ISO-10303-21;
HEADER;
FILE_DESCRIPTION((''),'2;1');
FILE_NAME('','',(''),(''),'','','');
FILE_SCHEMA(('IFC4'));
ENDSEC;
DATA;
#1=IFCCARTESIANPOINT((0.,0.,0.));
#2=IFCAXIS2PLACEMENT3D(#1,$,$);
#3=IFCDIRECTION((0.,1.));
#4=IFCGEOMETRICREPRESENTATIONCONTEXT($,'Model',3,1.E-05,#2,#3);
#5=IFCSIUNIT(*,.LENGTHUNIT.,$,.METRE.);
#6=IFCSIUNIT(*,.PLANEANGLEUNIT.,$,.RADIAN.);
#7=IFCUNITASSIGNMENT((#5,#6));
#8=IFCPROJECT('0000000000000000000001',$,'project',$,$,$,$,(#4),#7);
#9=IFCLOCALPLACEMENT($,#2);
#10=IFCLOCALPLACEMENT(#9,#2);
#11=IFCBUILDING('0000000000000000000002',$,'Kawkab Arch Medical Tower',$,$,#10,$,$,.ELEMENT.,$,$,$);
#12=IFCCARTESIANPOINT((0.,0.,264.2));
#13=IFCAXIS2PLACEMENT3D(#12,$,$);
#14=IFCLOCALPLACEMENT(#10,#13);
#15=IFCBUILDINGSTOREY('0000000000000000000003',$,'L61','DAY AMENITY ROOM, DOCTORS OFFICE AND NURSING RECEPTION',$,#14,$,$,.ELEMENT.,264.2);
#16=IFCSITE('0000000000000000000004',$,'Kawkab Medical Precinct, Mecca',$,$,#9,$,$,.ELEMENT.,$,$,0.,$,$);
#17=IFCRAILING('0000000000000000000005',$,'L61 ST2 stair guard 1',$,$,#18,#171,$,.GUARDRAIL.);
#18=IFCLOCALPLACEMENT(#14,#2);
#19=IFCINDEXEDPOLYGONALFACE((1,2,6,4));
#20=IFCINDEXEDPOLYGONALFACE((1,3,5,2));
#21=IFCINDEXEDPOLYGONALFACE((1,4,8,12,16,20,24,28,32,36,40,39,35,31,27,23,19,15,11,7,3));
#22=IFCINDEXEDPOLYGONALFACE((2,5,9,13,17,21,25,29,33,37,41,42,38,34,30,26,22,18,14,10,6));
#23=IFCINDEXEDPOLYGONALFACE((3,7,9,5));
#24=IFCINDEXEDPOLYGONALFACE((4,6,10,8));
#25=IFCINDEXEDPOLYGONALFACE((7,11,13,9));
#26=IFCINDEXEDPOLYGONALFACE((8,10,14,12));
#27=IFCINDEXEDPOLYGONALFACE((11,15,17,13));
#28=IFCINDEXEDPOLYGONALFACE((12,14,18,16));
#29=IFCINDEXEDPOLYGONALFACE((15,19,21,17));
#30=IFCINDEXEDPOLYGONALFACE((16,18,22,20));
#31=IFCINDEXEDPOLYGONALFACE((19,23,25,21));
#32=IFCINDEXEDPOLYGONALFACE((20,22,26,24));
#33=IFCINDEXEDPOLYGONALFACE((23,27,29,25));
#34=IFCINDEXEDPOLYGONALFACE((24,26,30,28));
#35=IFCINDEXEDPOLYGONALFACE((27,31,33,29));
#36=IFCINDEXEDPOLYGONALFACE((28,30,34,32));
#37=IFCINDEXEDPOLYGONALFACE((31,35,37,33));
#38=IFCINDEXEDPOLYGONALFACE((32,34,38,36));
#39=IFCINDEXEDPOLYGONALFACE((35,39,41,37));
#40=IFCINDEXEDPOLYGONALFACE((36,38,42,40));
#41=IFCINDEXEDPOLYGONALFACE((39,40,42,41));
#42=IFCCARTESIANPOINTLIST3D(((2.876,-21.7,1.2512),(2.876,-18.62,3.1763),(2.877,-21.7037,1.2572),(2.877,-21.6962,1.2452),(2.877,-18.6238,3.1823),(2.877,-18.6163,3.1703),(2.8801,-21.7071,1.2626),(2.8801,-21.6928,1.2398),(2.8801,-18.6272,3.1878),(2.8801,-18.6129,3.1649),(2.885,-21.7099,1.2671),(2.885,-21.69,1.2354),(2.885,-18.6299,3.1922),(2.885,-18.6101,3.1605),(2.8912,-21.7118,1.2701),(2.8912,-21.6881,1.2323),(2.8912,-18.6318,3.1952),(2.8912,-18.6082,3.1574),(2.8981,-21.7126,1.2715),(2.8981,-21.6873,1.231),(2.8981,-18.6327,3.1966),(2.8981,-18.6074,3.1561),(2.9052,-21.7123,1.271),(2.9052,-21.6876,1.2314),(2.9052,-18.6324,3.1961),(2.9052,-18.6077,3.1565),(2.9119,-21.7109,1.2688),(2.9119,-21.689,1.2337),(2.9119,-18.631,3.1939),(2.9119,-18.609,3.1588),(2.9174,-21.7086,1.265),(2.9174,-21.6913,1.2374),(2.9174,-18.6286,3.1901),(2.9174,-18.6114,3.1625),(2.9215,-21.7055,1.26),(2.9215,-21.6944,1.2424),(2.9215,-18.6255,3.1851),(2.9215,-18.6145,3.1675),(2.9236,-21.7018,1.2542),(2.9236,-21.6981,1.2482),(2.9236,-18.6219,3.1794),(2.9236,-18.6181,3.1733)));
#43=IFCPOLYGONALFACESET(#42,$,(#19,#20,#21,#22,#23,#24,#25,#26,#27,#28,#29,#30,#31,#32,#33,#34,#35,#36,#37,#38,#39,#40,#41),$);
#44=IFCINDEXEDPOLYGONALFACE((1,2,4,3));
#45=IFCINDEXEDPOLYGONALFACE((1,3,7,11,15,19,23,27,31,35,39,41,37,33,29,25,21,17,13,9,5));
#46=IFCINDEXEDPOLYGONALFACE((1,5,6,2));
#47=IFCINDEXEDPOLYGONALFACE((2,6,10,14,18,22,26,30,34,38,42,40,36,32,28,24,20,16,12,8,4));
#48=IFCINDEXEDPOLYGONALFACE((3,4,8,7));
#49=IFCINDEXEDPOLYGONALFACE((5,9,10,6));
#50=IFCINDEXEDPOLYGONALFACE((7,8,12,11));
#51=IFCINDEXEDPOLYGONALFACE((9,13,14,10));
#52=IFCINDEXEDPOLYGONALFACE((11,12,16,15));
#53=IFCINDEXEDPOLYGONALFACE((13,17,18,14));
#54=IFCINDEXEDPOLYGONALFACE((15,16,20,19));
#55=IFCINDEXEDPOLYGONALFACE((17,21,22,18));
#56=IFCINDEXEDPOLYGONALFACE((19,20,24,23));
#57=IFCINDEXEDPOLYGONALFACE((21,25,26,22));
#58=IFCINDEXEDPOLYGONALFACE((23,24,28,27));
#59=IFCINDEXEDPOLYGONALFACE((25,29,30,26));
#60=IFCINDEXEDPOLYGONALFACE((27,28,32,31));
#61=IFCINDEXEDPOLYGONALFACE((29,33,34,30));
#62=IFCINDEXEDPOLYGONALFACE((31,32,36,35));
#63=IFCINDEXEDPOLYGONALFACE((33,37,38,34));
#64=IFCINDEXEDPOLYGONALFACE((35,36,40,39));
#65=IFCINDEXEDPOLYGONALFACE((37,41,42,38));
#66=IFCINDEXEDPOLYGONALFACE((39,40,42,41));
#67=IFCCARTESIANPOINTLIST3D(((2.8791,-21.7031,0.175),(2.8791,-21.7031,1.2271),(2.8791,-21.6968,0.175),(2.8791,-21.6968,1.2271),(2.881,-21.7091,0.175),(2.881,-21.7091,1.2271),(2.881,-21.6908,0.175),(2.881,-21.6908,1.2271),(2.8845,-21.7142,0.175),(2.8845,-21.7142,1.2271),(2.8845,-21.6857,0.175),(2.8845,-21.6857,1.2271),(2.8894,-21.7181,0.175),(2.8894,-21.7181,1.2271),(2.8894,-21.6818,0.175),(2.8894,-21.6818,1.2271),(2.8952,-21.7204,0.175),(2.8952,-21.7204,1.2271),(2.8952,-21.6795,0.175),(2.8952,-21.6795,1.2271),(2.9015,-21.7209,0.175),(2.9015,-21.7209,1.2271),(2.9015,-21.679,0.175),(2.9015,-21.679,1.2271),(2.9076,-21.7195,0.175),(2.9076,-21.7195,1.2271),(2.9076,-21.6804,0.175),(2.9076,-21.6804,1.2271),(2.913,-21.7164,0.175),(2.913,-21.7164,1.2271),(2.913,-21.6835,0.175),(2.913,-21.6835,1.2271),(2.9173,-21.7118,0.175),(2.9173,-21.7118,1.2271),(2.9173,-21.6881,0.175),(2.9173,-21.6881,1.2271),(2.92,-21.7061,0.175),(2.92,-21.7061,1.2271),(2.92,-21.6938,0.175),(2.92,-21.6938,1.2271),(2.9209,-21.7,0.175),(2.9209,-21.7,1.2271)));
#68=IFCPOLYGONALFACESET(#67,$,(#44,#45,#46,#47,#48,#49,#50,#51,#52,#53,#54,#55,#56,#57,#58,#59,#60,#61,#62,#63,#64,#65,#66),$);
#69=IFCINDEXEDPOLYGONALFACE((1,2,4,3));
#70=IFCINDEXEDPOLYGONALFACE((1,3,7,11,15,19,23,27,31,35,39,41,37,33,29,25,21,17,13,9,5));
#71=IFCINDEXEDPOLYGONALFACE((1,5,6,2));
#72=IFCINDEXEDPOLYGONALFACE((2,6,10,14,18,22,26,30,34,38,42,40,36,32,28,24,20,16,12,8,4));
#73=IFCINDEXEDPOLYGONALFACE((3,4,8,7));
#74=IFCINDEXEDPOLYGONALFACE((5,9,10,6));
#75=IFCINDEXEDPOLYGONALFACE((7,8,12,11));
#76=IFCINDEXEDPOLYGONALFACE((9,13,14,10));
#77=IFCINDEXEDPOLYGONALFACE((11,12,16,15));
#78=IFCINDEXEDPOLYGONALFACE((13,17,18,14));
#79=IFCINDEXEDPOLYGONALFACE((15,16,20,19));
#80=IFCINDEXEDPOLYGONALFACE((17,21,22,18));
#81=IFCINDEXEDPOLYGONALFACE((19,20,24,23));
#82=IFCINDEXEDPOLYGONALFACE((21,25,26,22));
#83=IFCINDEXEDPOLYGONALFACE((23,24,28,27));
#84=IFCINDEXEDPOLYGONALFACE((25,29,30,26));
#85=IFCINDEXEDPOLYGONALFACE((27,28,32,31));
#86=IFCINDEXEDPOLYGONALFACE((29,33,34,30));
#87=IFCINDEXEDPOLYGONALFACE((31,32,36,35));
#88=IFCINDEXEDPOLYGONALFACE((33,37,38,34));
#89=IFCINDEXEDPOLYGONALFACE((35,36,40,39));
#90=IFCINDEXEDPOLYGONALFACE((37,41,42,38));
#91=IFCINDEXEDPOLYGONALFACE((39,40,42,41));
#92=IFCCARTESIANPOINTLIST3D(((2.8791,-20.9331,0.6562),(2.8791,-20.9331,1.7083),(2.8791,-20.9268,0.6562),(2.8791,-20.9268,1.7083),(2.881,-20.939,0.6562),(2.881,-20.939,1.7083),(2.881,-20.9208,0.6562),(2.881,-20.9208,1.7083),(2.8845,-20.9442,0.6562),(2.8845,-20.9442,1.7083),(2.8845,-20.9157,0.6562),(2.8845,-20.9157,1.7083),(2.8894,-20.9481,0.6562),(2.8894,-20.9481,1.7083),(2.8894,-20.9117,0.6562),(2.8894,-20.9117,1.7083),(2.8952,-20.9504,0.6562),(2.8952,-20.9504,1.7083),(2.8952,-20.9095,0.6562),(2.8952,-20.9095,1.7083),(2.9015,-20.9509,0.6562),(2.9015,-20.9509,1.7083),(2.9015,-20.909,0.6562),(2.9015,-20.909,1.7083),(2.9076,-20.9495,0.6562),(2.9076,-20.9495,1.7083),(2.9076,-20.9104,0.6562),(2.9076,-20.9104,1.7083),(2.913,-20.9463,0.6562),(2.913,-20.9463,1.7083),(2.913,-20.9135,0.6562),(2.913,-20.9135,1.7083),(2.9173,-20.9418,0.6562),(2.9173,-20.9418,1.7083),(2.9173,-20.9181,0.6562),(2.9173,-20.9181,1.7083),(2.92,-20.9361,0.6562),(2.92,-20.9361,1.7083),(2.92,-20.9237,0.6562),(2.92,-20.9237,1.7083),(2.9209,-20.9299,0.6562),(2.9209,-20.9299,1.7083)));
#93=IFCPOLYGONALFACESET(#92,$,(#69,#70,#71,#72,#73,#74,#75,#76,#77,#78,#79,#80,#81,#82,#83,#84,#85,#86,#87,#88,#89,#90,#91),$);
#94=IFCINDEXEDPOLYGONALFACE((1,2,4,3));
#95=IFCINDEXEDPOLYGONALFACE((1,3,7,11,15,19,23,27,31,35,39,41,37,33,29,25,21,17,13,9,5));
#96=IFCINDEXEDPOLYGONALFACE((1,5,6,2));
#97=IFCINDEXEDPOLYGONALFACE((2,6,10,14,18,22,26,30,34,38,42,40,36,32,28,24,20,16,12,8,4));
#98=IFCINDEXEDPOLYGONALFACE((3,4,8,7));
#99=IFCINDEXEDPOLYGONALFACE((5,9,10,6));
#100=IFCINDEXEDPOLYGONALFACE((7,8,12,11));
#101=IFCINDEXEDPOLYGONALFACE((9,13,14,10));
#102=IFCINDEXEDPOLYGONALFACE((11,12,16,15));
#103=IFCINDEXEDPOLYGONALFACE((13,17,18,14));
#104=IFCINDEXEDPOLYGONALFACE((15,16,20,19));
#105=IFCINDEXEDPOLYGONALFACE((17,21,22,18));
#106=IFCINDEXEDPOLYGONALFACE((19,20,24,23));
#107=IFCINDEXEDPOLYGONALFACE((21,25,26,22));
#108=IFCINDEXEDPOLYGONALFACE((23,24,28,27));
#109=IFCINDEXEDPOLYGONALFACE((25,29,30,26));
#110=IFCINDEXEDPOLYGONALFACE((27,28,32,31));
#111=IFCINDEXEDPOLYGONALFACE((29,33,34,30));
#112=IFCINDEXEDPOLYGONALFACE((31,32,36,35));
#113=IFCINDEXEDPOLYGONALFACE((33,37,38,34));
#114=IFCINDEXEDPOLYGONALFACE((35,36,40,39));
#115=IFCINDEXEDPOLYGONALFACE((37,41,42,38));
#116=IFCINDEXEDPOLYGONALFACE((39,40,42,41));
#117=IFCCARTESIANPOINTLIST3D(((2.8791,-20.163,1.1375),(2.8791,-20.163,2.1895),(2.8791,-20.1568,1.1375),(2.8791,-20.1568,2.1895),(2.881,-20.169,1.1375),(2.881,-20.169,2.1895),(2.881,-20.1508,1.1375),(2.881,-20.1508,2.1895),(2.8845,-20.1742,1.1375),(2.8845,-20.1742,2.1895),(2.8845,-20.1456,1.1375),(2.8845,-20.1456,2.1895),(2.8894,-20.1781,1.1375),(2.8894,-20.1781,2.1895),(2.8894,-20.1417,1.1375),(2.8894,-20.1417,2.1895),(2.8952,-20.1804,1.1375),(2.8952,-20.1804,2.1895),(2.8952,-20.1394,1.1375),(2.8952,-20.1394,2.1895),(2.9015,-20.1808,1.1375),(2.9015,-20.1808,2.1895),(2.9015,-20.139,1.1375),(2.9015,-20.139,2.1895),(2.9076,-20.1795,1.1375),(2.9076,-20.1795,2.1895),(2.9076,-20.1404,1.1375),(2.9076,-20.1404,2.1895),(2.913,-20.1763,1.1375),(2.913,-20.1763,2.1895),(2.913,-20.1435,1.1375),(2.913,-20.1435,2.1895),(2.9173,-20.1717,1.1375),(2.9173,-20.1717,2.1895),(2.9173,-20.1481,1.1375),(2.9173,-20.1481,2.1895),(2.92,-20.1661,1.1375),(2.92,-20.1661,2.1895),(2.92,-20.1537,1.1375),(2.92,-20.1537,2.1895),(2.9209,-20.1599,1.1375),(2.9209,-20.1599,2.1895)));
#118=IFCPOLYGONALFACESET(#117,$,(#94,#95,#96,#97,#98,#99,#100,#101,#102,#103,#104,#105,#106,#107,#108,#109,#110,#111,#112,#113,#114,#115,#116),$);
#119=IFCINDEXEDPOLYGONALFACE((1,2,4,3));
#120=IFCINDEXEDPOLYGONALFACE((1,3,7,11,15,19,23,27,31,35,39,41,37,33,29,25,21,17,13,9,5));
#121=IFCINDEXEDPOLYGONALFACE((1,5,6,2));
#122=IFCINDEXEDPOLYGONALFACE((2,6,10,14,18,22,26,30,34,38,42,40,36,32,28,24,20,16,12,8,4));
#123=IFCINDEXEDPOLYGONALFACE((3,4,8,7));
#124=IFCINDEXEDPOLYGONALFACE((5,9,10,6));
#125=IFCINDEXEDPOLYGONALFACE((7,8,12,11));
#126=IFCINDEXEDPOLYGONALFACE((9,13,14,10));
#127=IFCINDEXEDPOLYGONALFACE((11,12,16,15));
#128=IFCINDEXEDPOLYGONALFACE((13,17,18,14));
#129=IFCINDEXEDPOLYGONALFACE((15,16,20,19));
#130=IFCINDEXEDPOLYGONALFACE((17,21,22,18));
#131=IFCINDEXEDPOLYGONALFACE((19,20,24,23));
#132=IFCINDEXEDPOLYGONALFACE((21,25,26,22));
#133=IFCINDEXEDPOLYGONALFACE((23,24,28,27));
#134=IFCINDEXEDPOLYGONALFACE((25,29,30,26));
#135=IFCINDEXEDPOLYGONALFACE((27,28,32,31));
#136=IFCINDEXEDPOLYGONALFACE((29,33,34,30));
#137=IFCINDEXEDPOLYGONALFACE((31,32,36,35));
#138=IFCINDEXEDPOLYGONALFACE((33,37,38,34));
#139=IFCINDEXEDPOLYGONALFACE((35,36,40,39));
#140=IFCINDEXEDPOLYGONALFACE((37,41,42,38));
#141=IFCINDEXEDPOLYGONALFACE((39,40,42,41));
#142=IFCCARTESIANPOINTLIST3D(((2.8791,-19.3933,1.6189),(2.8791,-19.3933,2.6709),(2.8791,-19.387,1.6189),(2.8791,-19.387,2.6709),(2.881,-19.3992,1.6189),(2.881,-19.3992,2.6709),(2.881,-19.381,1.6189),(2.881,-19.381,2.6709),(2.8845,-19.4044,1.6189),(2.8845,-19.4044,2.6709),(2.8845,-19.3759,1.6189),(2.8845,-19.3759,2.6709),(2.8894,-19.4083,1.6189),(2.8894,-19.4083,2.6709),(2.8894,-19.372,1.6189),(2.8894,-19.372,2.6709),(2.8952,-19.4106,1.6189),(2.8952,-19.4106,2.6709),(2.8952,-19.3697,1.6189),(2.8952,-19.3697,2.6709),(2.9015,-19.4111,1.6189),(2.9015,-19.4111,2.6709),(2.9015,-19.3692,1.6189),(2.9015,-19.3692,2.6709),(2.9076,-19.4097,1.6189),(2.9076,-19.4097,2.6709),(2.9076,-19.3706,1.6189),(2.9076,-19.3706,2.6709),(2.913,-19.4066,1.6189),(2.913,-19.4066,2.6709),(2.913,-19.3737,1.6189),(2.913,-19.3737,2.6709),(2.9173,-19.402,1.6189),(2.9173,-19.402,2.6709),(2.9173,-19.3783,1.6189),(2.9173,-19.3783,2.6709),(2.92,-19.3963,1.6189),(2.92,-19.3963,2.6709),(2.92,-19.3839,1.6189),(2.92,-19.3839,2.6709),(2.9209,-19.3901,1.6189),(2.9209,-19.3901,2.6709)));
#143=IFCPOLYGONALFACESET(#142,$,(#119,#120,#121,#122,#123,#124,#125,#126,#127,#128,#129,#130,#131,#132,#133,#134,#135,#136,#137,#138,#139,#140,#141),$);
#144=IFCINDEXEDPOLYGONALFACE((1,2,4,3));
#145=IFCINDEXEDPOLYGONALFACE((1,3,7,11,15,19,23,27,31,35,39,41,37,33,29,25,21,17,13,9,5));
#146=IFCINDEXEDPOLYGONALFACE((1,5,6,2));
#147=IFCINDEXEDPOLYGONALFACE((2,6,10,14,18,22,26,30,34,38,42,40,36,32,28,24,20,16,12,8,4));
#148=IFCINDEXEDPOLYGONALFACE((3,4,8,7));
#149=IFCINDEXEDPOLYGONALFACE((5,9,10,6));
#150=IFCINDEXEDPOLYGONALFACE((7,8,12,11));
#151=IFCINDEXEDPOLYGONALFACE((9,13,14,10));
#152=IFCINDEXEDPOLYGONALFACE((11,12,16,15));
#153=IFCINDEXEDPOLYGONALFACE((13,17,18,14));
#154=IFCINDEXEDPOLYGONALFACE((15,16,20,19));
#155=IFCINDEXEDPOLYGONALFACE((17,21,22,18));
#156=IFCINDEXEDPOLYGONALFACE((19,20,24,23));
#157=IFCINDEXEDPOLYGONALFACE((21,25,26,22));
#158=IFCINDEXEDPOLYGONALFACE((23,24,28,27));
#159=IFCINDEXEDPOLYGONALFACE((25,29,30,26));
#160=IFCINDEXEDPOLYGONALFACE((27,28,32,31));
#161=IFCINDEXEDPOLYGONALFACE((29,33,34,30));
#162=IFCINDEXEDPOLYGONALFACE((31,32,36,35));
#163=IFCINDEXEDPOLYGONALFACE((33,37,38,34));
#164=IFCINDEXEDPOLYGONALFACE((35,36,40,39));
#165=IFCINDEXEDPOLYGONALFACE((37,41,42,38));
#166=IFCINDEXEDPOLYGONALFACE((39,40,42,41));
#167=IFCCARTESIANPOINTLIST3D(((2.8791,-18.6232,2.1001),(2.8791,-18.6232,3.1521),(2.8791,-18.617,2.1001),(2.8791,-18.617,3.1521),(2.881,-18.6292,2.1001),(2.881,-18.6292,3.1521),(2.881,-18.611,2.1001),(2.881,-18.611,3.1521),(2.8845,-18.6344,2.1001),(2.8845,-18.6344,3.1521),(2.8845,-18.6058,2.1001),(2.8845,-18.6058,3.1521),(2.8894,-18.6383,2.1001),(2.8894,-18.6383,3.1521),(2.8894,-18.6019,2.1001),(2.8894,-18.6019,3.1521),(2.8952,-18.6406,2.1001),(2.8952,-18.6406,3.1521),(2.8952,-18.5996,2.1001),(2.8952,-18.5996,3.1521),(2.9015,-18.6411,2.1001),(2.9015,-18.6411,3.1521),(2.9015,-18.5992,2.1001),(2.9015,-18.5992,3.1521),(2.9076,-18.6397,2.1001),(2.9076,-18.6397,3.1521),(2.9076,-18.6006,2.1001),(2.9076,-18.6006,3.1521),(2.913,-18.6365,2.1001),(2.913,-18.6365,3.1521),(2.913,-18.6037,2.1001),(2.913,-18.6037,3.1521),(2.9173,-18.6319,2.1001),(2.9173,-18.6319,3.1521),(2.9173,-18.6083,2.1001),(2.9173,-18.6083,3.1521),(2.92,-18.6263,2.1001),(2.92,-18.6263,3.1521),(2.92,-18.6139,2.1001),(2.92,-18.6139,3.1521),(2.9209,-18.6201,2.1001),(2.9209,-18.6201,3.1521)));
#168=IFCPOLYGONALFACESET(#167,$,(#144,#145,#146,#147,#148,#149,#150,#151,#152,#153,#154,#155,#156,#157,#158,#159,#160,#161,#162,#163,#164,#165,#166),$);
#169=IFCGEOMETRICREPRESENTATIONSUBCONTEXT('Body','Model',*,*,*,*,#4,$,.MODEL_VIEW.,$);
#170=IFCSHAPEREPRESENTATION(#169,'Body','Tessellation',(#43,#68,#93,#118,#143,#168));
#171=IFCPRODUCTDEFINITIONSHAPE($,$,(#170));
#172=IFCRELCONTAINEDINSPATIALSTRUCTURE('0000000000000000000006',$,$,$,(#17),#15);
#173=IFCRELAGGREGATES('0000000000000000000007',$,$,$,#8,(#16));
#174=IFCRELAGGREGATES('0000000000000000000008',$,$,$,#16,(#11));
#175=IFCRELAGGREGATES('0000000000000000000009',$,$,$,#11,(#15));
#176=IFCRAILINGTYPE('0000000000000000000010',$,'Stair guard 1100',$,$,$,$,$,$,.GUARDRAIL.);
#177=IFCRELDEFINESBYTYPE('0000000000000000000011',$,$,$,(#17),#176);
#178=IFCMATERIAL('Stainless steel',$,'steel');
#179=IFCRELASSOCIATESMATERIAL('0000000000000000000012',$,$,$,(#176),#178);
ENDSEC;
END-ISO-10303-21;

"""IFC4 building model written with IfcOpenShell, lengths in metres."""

from ifc_helpers import new_model, si_unit, direction, frame, origin, origin_2d, place, context, subcontext, project, spatial, circle, extrude, material, type_object, element, save


model = new_model("IFC4")

# Units and contexts
model_context = context("Model", 3, precision=1e-05, world=origin(), true_north=direction((0.0, 1.0)))
body_context = subcontext(model_context, "Body", "Model", "MODEL_VIEW")
ifc_project = project(units=[si_unit("LENGTHUNIT", "METRE"), si_unit("PLANEANGLEUNIT", "RADIAN")], contexts=[model_context])

# Site, building, storey
site_placement = place(None, origin())
site = spatial("IfcSite", under=ifc_project, at=site_placement, Name="Kawkab Medical Precinct, Mecca", CompositionType="ELEMENT", RefElevation=0.0)
building_placement = place(site_placement, origin())
building = spatial("IfcBuilding", under=site, at=building_placement, Name="Kawkab Arch Medical Tower", CompositionType="ELEMENT")
storey_placement = place(building_placement, frame((0.0, 0.0, 264.2)))
storey = spatial("IfcBuildingStorey", under=building, at=storey_placement, Name="L61", Description="DAY AMENITY ROOM, DOCTORS OFFICE AND NURSING RECEPTION", CompositionType="ELEMENT", Elevation=264.2)

# Railing
ifc_material_1 = material(Name="Stainless steel", Category="steel")
railing_type = type_object("IfcRailingType", Name="Stair guard 1100", PredefinedType="GUARDRAIL", material=ifc_material_1)
railing_placement = place(storey_placement, frame((2.8999, -21.7, 0.175)))
element("IfcRailing", 1, at=railing_placement, inside=storey, type_object=railing_type, Name="L61 ST2 stair guard 1", PredefinedType="GUARDRAIL", context=body_context, shape_type="SweptSolid", body=[
    extrude(circle(Radius=0.0239, at=origin_2d()), frame((0.0, 0.0, 1.0762), z_axis=(0.0, 0.847979, 0.530029), x_axis=(-1.0, 0.0, 0.0)), (0.0, 0.0, 1.0), 3.6321),
    extrude(circle(Radius=0.021, at=origin_2d()), origin(), (0.0, 0.0, 1.0), 1.052),
    extrude(circle(Radius=0.021, at=origin_2d()), frame((0.0, 0.77, 0.4812)), (0.0, 0.0, 1.0), 1.052),
    extrude(circle(Radius=0.021, at=origin_2d()), frame((0.0, 1.54, 0.9624)), (0.0, 0.0, 1.0), 1.052),
    extrude(circle(Radius=0.021, at=origin_2d()), frame((0.0, 2.3098, 1.4438)), (0.0, 0.0, 1.0), 1.052),
    extrude(circle(Radius=0.021, at=origin_2d()), frame((0.0, 3.0798, 1.925)), (0.0, 0.0, 1.0), 1.052),
])

save(model, "model.ifc")
